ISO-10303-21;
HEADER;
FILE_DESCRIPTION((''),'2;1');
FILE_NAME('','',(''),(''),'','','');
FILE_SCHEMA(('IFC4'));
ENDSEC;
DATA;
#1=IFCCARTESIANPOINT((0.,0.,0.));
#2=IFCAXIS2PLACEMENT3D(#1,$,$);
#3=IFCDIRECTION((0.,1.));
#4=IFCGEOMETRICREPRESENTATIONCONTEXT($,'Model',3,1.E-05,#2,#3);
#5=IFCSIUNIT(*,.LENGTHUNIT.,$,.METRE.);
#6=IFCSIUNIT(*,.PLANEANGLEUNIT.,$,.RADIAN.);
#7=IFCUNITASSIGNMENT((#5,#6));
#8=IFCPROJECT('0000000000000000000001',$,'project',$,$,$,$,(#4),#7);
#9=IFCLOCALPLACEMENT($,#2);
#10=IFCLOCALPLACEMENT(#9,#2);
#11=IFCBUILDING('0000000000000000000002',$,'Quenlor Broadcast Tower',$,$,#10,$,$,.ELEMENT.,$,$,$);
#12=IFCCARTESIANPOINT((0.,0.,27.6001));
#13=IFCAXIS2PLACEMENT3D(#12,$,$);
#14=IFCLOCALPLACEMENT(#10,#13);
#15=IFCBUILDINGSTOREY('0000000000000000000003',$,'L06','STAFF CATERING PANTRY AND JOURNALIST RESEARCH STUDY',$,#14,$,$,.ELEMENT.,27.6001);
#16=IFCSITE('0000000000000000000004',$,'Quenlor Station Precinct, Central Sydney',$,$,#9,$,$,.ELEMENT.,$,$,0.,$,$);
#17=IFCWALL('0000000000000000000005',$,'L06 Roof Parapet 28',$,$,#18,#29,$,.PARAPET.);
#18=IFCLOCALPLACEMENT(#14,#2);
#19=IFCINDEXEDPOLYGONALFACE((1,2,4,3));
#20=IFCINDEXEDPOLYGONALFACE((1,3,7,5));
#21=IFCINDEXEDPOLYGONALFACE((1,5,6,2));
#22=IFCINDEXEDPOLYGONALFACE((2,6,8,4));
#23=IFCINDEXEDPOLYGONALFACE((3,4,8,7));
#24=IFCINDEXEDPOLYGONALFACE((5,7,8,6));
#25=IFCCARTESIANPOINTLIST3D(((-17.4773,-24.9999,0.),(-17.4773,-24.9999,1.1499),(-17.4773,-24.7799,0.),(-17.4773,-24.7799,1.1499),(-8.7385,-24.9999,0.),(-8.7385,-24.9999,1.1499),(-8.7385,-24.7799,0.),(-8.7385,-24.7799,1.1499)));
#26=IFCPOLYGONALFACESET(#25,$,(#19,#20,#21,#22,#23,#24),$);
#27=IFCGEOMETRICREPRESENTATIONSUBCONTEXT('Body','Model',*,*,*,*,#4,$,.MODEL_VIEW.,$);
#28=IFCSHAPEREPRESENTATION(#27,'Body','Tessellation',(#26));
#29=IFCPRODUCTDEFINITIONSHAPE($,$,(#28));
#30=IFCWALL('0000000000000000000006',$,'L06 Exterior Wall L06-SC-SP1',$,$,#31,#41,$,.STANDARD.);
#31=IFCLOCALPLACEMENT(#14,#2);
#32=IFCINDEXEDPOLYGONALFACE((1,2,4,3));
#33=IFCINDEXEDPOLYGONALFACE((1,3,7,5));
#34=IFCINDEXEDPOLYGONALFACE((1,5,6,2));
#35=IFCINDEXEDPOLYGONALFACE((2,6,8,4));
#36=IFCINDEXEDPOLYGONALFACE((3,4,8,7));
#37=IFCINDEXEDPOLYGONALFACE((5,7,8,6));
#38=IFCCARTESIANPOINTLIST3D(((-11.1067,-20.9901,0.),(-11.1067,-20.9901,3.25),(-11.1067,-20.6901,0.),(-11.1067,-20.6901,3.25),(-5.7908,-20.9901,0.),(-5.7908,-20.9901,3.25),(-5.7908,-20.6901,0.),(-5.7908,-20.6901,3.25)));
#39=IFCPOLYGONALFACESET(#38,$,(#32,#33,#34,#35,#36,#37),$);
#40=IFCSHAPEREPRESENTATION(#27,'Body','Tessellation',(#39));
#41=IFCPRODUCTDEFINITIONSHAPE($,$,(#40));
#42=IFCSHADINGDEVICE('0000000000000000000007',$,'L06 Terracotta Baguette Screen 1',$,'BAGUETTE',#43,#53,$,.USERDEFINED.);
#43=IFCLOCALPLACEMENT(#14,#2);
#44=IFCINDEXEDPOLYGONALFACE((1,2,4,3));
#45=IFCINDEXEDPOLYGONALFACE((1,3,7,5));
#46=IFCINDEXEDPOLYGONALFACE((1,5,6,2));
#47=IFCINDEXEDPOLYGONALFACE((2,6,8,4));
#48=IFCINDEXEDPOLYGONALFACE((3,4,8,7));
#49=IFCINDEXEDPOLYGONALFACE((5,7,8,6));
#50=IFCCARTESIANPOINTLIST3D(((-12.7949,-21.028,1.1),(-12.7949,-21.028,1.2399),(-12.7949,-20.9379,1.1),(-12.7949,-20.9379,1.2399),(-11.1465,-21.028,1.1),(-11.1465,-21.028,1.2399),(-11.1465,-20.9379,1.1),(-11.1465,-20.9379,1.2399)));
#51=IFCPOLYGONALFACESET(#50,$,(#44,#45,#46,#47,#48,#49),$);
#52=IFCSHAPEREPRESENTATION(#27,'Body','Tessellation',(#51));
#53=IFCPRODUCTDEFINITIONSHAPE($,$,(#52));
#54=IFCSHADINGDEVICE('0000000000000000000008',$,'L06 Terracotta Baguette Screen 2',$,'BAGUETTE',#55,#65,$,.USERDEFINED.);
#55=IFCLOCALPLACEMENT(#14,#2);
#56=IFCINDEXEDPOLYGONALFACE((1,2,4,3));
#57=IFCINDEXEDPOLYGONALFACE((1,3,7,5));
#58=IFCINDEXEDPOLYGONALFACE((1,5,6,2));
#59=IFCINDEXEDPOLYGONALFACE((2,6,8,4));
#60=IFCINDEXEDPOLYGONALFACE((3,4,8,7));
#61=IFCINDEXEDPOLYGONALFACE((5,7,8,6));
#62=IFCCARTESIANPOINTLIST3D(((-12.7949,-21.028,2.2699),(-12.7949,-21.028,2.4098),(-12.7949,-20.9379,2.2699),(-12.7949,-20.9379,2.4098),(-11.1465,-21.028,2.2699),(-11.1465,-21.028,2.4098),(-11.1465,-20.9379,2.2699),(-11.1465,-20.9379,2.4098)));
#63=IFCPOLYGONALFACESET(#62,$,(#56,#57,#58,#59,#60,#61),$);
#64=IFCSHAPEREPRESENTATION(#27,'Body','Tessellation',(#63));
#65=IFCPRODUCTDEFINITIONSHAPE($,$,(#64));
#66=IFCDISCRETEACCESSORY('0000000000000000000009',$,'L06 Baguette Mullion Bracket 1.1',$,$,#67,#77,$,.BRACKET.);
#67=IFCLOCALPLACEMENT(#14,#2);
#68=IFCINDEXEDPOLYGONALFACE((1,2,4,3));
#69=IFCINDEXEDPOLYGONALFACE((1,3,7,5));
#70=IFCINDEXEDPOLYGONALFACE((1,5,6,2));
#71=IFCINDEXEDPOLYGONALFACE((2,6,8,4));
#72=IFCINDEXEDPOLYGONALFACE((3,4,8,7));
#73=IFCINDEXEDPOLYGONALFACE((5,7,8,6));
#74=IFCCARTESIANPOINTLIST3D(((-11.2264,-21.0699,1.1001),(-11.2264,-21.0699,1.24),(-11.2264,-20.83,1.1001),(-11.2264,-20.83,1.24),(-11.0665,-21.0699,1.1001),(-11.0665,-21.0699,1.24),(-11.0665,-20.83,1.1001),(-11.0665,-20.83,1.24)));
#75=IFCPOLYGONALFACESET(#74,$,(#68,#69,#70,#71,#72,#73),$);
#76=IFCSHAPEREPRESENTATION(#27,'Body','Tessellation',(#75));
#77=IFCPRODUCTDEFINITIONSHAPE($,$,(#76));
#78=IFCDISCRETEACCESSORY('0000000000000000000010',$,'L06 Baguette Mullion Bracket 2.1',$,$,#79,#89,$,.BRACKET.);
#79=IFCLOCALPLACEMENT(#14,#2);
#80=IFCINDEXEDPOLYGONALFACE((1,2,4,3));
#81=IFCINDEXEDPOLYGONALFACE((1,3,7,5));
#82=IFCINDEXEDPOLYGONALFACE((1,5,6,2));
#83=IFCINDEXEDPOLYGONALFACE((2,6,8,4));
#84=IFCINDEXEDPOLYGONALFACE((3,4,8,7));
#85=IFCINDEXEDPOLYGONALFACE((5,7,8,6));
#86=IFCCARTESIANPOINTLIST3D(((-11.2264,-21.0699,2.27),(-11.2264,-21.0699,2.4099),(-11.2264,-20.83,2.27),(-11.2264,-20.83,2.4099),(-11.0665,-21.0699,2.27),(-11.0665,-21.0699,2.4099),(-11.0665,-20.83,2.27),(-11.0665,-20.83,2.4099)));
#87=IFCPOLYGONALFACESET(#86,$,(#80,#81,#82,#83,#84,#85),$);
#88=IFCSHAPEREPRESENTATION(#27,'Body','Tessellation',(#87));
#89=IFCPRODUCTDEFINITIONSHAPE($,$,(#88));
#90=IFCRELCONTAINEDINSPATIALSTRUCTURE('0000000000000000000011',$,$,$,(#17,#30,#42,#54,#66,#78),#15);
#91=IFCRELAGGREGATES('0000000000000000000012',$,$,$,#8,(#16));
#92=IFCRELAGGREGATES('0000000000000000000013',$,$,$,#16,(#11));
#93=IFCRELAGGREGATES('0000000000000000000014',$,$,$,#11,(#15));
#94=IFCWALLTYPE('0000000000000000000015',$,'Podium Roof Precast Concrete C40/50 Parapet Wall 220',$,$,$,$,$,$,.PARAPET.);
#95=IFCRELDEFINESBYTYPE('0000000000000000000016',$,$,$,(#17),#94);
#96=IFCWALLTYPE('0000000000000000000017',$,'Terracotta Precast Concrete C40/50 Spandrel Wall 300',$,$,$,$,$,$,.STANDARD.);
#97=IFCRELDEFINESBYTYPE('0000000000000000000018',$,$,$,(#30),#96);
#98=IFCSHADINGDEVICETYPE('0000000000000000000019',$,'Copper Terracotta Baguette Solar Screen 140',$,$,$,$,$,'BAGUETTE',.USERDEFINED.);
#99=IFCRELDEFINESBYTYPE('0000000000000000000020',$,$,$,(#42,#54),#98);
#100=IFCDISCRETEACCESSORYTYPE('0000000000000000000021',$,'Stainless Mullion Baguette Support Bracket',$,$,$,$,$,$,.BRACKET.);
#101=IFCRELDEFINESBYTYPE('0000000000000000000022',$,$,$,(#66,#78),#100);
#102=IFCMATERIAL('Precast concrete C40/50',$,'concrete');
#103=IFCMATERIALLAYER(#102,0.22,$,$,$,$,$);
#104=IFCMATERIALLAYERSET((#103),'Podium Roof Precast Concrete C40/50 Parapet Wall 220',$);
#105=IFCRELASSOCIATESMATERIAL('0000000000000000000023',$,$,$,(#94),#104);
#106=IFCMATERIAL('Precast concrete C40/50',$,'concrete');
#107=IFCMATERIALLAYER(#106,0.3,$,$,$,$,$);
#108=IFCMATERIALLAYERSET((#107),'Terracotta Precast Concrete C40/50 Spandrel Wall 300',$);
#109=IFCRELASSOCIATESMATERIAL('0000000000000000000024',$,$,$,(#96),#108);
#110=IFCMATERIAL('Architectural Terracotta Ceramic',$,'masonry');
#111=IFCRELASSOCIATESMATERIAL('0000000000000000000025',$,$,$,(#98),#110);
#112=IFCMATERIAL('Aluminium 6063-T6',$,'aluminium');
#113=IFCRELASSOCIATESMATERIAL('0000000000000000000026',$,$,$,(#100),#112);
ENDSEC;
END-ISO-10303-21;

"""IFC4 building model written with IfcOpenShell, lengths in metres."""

from ifc_helpers import new_model, si_unit, direction, frame, frame_2d, origin, origin_2d, place, context, subcontext, project, spatial, rectangle, extrude, material, layer, layer_set, material_profile, profile_set, type_object, element, save


model = new_model("IFC4")

# Units and contexts
model_context = context("Model", 3, precision=1e-05, world=origin(), true_north=direction((0.0, 1.0)))
body_context = subcontext(model_context, "Body", "Model", "MODEL_VIEW")
ifc_project = project(units=[si_unit("LENGTHUNIT", "METRE"), si_unit("PLANEANGLEUNIT", "RADIAN")], contexts=[model_context])

# Site, building, storey
site_placement = place(None, origin())
site = spatial("IfcSite", under=ifc_project, at=site_placement, Name="Quenlor Station Precinct, Central Sydney", CompositionType="ELEMENT", RefElevation=0.0)
building_placement = place(site_placement, origin())
building = spatial("IfcBuilding", under=site, at=building_placement, Name="Quenlor Broadcast Tower", CompositionType="ELEMENT")
storey_placement = place(building_placement, frame((0.0, 0.0, 27.6001)))
storey = spatial("IfcBuildingStorey", under=building, at=storey_placement, Name="L06", Description="STAFF CATERING PANTRY AND JOURNALIST RESEARCH STUDY", CompositionType="ELEMENT", Elevation=27.6001)

# Walls
ifc_material_1 = material(Name="Precast concrete C40/50", Category="concrete")
ifc_layer_1 = layer(ifc_material_1, 0.22)
ifc_layer_set_1 = layer_set([ifc_layer_1], Name="Podium Roof Precast Concrete C40/50 Parapet Wall 220")
wall_type_1 = type_object("IfcWallType", Name="Podium Roof Precast Concrete C40/50 Parapet Wall 220", PredefinedType="PARAPET", material=ifc_layer_set_1)
wall_1_placement = place(storey_placement, frame((-8.7385, -24.8899, 0.0), z_axis=(0.0, 0.0, 1.0), x_axis=(-1.0, 0.0, 0.0)))
element("IfcWall", 1, at=wall_1_placement, inside=storey, type_object=wall_type_1, Name="L06 Roof Parapet 28", PredefinedType="PARAPET", context=body_context, shape_type="SweptSolid", body=[
    extrude(rectangle(XDim=8.7388, YDim=0.22, at=frame_2d((4.3694, 0.0))), origin(), (0.0, 0.0, 1.0), 1.1499),
])
ifc_material_2 = material(Name="Precast concrete C40/50", Category="concrete")
ifc_layer_2 = layer(ifc_material_2, 0.3)
ifc_layer_set_2 = layer_set([ifc_layer_2], Name="Terracotta Precast Concrete C40/50 Spandrel Wall 300")
wall_type_2 = type_object("IfcWallType", Name="Terracotta Precast Concrete C40/50 Spandrel Wall 300", PredefinedType="STANDARD", material=ifc_layer_set_2)
wall_2_placement = place(storey_placement, frame((-5.7908, -20.8401, 0.0), z_axis=(0.0, 0.0, 1.0), x_axis=(-1.0, 0.0, 0.0)))
element("IfcWall", 2, at=wall_2_placement, inside=storey, type_object=wall_type_2, Name="L06 Exterior Wall L06-SC-SP1", PredefinedType="STANDARD", context=body_context, shape_type="SweptSolid", body=[
    extrude(rectangle(XDim=5.3159, YDim=0.3, at=frame_2d((2.658, 0.0))), origin(), (0.0, 0.0, 1.0), 3.25),
])

# Shading devices
ifc_material_3 = material(Name="Architectural Terracotta Ceramic", Category="masonry")
ifc_material_profile_1 = material_profile(ifc_material_3, rectangle(XDim=0.0901, YDim=0.1399, at=origin_2d()))
ifc_profile_set_1 = profile_set([ifc_material_profile_1], Name="Architectural Terracotta Ceramic BAG90x140")
shading_device_type = type_object("IfcShadingDeviceType", Name="Copper Terracotta Baguette Solar Screen 140", ElementType="BAGUETTE", PredefinedType="USERDEFINED", material=ifc_profile_set_1)
for number, where, z_axis, x_axis, name in (
    (3, (-11.1465, -20.9829, 1.1699), (-1.0, 0.0, 0.0), (0.0, -1.0, 0.0), "L06 Terracotta Baguette Screen 1"),
    (4, (-11.1465, -20.9829, 2.3398), (-1.0, 0.0, 0.0), (0.0, -1.0, 0.0), "L06 Terracotta Baguette Screen 2"),
):
    element("IfcShadingDevice", number, at=place(storey_placement, frame(where, z_axis=z_axis, x_axis=x_axis)), inside=storey, type_object=shading_device_type, Name=name, ObjectType="BAGUETTE", PredefinedType="USERDEFINED", context=body_context, shape_type="SweptSolid", body=[
        extrude(rectangle(XDim=0.0901, YDim=0.1399, at=origin_2d()), origin(), (0.0, 0.0, 1.0), 1.6484),
    ])

# Discrete accessories
ifc_material_4 = material(Name="Aluminium 6063-T6", Category="aluminium")
discrete_accessory_type = type_object("IfcDiscreteAccessoryType", Name="Stainless Mullion Baguette Support Bracket", PredefinedType="BRACKET", material=ifc_material_4)
for number, where, z_axis, x_axis, name in (
    (5, (-11.1465, -20.95, 1.1001), (0.0, 0.0, 1.0), (-1.0, 0.0, 0.0), "L06 Baguette Mullion Bracket 1.1"),
    (6, (-11.1465, -20.95, 2.27), (0.0, 0.0, 1.0), (-1.0, 0.0, 0.0), "L06 Baguette Mullion Bracket 2.1"),
):
    element("IfcDiscreteAccessory", number, at=place(storey_placement, frame(where, z_axis=z_axis, x_axis=x_axis)), inside=storey, type_object=discrete_accessory_type, Name=name, PredefinedType="BRACKET", context=body_context, shape_type="SweptSolid", body=[
        extrude(rectangle(XDim=0.1599, YDim=0.24, at=origin_2d()), origin(), (0.0, 0.0, 1.0), 0.1399),
    ])

save(model, "model.ifc")
